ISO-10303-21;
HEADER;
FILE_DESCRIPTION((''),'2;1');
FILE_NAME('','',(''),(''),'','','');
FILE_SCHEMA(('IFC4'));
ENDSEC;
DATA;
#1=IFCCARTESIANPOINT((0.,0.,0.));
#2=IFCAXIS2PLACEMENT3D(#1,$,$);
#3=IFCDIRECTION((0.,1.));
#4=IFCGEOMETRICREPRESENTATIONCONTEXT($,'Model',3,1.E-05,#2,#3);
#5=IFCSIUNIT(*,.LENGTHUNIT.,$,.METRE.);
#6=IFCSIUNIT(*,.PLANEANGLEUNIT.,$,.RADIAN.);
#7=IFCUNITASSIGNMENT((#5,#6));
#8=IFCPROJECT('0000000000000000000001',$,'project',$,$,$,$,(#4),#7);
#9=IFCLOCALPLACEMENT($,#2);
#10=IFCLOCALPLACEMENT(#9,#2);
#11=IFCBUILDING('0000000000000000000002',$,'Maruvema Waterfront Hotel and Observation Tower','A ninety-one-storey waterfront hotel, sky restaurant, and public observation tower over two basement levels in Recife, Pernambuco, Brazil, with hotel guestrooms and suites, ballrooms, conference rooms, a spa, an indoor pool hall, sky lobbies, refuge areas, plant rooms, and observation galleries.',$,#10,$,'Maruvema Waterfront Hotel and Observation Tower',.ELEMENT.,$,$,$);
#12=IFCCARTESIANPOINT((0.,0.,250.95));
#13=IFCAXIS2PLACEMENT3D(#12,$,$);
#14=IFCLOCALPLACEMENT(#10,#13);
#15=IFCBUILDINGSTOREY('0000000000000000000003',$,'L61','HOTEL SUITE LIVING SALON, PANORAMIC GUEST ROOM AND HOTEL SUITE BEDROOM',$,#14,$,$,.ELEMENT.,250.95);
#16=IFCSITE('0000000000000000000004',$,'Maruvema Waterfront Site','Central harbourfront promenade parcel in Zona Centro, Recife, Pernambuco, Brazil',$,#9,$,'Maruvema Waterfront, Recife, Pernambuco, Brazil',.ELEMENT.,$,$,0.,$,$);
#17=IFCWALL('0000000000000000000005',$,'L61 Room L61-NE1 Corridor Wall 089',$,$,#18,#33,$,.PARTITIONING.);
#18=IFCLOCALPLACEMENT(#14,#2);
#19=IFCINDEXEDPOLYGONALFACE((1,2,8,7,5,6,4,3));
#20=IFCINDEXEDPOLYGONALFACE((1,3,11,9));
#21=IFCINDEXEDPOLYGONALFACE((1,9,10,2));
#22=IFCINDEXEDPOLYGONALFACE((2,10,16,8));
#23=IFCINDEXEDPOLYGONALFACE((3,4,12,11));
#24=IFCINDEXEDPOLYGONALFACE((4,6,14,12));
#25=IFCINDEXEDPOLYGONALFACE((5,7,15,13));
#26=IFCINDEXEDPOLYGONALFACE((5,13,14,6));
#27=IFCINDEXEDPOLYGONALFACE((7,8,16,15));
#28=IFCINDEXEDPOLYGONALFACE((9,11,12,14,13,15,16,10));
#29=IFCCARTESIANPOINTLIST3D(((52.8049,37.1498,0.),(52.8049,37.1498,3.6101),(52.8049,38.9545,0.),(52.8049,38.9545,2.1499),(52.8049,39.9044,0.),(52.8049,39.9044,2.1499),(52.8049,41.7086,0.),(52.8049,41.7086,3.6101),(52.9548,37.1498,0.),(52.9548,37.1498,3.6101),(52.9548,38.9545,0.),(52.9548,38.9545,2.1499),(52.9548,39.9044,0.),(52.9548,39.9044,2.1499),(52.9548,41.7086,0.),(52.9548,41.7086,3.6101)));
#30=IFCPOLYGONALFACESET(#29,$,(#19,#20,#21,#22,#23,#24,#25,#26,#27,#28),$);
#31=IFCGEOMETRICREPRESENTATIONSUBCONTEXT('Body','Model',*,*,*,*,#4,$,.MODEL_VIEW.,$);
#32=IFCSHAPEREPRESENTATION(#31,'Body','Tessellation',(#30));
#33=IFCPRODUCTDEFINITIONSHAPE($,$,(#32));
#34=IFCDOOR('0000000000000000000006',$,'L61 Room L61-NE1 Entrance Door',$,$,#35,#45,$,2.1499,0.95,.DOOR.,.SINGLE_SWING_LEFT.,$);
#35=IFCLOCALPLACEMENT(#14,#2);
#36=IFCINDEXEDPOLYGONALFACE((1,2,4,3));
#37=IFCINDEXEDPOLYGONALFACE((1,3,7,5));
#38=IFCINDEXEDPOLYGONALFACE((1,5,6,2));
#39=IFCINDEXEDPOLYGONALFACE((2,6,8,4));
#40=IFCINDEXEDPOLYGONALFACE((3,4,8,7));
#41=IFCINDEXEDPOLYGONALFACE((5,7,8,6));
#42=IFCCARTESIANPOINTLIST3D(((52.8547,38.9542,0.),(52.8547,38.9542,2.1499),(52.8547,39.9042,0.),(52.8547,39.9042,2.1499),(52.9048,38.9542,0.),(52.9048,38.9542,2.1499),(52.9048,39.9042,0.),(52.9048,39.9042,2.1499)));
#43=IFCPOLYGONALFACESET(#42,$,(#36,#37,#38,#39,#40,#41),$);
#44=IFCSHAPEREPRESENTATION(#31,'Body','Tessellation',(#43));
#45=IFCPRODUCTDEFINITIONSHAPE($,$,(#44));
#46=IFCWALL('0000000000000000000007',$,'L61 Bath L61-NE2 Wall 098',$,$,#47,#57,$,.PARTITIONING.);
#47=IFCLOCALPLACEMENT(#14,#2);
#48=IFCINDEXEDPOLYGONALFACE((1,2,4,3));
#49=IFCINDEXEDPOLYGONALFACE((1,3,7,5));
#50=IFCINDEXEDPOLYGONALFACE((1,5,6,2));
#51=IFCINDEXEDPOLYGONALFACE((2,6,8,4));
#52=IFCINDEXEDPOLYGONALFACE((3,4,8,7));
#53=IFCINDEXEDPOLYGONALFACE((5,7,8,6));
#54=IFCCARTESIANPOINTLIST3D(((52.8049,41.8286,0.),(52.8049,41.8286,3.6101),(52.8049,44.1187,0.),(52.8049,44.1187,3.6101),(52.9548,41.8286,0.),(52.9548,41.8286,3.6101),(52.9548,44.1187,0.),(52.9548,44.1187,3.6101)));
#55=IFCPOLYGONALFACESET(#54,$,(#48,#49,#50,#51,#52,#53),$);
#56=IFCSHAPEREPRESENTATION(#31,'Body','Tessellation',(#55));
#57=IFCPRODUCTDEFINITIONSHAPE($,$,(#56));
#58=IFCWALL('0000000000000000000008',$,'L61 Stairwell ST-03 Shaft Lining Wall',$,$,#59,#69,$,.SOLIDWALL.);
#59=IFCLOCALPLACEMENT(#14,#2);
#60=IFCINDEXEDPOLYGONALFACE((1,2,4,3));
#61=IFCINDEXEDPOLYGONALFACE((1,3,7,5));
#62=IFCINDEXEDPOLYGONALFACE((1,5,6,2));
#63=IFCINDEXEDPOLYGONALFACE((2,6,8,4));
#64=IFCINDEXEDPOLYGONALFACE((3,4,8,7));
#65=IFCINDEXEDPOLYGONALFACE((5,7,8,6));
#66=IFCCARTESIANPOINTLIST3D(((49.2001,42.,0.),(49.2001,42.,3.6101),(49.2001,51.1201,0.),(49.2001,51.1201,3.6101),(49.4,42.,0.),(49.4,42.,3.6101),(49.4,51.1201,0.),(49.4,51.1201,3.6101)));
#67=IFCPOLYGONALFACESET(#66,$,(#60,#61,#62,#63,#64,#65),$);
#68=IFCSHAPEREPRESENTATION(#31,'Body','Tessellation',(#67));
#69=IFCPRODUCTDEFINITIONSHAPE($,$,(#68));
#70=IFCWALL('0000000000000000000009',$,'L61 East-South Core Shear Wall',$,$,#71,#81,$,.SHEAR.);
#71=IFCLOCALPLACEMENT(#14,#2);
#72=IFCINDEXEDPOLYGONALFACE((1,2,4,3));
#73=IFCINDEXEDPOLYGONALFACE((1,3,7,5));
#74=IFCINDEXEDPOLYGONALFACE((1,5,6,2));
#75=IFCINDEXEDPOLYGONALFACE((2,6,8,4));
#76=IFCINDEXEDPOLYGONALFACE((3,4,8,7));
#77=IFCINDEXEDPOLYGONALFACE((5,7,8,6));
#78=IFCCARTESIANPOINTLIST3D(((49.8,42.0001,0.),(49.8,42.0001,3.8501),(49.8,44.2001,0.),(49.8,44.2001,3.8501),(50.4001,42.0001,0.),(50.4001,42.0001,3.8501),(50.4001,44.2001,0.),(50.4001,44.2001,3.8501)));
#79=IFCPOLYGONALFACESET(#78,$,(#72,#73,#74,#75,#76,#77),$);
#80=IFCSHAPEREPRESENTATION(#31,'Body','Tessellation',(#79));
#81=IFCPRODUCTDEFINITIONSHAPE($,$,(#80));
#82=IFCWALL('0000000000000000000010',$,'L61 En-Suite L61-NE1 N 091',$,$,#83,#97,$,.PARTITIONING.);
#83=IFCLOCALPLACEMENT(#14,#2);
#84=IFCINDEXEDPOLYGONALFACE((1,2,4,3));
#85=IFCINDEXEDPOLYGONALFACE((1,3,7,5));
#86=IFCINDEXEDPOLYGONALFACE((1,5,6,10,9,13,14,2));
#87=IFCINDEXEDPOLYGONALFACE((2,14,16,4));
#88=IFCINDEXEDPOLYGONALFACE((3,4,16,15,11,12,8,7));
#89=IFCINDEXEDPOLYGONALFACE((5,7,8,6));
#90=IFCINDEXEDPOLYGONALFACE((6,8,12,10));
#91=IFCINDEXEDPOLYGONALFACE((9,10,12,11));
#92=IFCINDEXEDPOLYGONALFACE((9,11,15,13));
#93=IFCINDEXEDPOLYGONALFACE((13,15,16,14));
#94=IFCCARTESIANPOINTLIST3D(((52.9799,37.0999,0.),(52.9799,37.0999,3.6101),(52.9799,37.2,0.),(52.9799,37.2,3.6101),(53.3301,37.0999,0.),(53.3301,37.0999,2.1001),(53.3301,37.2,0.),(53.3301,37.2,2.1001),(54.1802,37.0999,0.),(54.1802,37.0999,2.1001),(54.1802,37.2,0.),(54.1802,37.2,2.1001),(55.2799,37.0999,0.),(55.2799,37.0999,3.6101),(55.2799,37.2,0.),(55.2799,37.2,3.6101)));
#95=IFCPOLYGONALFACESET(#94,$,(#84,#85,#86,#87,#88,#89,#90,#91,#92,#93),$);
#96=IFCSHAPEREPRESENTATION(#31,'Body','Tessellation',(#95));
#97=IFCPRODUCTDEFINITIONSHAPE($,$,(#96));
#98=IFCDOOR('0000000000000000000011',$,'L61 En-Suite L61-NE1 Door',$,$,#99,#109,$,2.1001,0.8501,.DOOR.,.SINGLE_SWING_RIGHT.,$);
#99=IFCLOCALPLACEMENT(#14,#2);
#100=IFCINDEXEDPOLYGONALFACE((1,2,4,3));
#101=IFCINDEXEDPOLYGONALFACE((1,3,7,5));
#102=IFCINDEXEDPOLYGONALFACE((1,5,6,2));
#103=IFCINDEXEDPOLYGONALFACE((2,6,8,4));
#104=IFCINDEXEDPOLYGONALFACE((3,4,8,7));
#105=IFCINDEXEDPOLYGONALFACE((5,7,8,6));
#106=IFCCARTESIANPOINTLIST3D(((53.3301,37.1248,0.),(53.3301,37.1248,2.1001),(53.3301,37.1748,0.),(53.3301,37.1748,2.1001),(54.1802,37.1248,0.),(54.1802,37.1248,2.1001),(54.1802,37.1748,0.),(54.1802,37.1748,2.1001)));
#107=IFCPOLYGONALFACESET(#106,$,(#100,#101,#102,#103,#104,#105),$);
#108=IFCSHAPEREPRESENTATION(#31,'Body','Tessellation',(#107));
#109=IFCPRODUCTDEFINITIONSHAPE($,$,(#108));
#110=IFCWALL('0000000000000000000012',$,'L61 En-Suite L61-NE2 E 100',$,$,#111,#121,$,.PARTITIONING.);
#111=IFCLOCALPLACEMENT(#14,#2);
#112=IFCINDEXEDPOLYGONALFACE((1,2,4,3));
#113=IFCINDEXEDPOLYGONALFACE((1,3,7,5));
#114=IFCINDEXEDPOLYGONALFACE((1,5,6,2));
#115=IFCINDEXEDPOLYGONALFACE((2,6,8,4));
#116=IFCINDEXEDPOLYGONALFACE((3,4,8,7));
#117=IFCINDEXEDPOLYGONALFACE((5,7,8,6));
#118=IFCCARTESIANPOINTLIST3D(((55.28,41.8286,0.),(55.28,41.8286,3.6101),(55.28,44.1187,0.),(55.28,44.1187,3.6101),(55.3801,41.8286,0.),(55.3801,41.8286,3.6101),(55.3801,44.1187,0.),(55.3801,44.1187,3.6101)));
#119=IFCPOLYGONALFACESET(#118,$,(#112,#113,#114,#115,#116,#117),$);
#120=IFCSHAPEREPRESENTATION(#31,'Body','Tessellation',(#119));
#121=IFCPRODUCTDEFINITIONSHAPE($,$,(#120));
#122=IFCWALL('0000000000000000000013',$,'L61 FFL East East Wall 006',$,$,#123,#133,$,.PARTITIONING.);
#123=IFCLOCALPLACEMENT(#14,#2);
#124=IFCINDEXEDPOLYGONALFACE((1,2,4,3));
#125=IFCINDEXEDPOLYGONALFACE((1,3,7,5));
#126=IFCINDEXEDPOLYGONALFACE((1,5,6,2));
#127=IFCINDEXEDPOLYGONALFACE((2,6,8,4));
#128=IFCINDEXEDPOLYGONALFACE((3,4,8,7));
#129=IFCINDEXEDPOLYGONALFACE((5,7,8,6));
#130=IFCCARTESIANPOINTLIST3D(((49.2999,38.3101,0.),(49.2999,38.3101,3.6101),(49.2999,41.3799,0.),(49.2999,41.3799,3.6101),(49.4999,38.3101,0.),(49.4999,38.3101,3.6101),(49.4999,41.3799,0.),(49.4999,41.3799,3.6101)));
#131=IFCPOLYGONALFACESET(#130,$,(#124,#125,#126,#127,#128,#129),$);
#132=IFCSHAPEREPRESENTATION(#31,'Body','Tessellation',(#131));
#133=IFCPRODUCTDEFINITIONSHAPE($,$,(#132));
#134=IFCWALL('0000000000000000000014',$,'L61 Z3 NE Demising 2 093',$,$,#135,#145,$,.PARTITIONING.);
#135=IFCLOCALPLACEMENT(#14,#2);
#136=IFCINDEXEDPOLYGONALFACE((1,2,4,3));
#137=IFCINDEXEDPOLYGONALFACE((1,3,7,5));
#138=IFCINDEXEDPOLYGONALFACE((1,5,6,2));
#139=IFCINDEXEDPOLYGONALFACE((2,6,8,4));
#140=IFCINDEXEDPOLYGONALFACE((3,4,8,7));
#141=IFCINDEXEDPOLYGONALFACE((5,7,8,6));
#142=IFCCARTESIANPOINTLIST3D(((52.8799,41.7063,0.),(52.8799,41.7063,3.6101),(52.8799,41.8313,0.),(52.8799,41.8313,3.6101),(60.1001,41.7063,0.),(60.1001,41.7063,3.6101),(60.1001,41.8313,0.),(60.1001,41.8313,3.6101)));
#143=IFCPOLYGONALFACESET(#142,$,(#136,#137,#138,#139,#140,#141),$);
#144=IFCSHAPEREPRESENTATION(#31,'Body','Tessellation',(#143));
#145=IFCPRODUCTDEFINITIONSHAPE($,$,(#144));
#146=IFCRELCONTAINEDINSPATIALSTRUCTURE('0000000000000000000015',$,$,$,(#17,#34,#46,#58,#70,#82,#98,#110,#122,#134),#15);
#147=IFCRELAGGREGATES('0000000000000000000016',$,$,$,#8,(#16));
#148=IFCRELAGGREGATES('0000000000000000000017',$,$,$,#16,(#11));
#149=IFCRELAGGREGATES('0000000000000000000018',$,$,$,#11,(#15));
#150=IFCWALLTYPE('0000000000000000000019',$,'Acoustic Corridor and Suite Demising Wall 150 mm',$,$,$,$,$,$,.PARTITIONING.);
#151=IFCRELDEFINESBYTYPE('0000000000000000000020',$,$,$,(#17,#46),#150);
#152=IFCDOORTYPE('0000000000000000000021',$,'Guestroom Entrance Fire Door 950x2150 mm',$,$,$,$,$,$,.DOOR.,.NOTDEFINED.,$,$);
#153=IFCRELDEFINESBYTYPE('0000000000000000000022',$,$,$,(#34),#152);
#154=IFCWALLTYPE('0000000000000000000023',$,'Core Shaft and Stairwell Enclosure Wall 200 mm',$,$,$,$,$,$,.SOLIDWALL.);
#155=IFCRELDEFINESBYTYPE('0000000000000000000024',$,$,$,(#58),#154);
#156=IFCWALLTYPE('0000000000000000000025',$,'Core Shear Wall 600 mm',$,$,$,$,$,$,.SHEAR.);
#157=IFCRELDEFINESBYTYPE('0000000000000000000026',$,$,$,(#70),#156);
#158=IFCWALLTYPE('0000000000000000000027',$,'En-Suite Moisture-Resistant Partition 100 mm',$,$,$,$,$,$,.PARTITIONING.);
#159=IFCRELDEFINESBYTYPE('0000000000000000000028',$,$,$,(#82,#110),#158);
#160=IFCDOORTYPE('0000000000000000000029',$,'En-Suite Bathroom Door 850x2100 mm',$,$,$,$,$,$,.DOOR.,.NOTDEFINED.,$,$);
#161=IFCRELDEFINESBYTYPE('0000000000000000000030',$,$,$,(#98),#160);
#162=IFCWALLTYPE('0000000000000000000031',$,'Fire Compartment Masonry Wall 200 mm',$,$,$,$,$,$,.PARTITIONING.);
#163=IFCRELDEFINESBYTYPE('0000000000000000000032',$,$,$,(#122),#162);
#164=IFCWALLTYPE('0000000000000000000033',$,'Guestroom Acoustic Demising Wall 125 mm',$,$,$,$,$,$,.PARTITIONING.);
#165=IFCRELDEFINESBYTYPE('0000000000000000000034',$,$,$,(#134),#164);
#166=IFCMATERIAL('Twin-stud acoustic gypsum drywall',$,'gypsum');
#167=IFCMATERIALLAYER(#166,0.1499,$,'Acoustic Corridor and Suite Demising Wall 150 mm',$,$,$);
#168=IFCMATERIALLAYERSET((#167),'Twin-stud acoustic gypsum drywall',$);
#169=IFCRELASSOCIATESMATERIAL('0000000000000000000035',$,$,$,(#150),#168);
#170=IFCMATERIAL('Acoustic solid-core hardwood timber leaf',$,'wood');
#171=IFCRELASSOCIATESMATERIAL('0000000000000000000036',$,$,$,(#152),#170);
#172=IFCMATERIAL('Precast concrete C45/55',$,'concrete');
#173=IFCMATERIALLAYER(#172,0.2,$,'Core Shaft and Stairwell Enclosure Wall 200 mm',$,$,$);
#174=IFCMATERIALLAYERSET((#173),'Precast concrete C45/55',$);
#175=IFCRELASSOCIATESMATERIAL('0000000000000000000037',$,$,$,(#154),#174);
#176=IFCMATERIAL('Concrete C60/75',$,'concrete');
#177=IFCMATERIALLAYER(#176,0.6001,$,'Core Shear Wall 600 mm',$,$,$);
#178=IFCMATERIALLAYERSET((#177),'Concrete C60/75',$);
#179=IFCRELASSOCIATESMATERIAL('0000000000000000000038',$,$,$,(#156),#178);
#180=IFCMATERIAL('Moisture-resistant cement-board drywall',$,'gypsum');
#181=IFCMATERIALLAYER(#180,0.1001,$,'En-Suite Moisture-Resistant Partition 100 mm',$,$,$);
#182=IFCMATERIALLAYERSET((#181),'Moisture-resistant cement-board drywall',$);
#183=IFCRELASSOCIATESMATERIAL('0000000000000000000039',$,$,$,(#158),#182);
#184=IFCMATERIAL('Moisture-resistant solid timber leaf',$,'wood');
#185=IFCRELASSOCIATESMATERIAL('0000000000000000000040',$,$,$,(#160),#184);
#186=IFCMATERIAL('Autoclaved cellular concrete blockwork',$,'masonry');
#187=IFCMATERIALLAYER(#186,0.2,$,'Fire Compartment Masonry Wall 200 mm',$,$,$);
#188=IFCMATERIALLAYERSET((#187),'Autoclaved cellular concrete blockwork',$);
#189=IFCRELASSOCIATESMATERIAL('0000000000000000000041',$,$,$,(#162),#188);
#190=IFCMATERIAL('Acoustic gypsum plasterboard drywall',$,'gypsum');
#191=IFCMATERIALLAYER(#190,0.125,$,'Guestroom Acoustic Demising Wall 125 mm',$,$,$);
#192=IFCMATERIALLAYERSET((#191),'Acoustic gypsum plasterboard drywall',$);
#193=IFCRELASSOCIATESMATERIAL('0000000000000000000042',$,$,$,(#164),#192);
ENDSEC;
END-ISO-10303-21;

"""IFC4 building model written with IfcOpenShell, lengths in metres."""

from ifc_helpers import new_model, si_unit, direction, frame, frame_2d, origin, place, context, subcontext, project, spatial, rectangle, extrude, material, layer, layer_set, type_object, element, fill, save


model = new_model("IFC4")

# Units and contexts
model_context = context("Model", 3, precision=1e-05, world=origin(), true_north=direction((0.0, 1.0)))
body_context = subcontext(model_context, "Body", "Model", "MODEL_VIEW")
ifc_project = project(units=[si_unit("LENGTHUNIT", "METRE"), si_unit("PLANEANGLEUNIT", "RADIAN")], contexts=[model_context])

# Site, building, storey
site_placement = place(None, origin())
site = spatial("IfcSite", under=ifc_project, at=site_placement, Name="Maruvema Waterfront Site", Description="Central harbourfront promenade parcel in Zona Centro, Recife, Pernambuco, Brazil", LongName="Maruvema Waterfront, Recife, Pernambuco, Brazil", CompositionType="ELEMENT", RefElevation=0.0)
building_placement = place(site_placement, origin())
building = spatial("IfcBuilding", under=site, at=building_placement, Name="Maruvema Waterfront Hotel and Observation Tower", Description="A ninety-one-storey waterfront hotel, sky restaurant, and public observation tower over two basement levels in Recife, Pernambuco, Brazil, with hotel guestrooms and suites, ballrooms, conference rooms, a spa, an indoor pool hall, sky lobbies, refuge areas, plant rooms, and observation galleries.", LongName="Maruvema Waterfront Hotel and Observation Tower", CompositionType="ELEMENT")
storey_placement = place(building_placement, frame((0.0, 0.0, 250.95)))
storey = spatial("IfcBuildingStorey", under=building, at=storey_placement, Name="L61", Description="HOTEL SUITE LIVING SALON, PANORAMIC GUEST ROOM AND HOTEL SUITE BEDROOM", CompositionType="ELEMENT", Elevation=250.95)

# Wall, opening, door
ifc_material_1 = material(Name="Twin-stud acoustic gypsum drywall", Category="gypsum")
ifc_layer_1 = layer(ifc_material_1, 0.1499, Name="Acoustic Corridor and Suite Demising Wall 150 mm")
ifc_layer_set_1 = layer_set([ifc_layer_1], Name="Twin-stud acoustic gypsum drywall")
wall_type_1 = type_object("IfcWallType", Name="Acoustic Corridor and Suite Demising Wall 150 mm", PredefinedType="PARTITIONING", material=ifc_layer_set_1)
wall_1_placement = place(storey_placement, frame((52.8799, 37.1499, 0.0), z_axis=(0.0, 0.0, 1.0), x_axis=(0.0, 1.0, 0.0)))
wall_1 = element("IfcWall", 1, at=wall_1_placement, inside=storey, type_object=wall_type_1, Name="L61 Room L61-NE1 Corridor Wall 089", PredefinedType="PARTITIONING", context=body_context, shape_type="SweptSolid", body=[
    extrude(rectangle(XDim=4.5588, YDim=0.1499, at=frame_2d((2.2793, 0.0))), origin(), (0.0, 0.0, 1.0), 3.6101),
])
opening_1_placement = place(wall_1_placement, frame((1.8044, 0.0, 0.0)))
opening_1 = element("IfcOpeningElement", 2, at=opening_1_placement, cuts=wall_1, PredefinedType="OPENING", context=body_context, shape_type="SweptSolid", body=[
    extrude(rectangle(XDim=0.95, YDim=2.1499, at=frame_2d((0.4751, 1.075))), frame((0.0, 0.085, 0.0), z_axis=(0.0, -1.0, 0.0), x_axis=(1.0, 0.0, 0.0)), (0.0, 0.0, 1.0), 0.1699),
])
ifc_material_2 = material(Name="Acoustic solid-core hardwood timber leaf", Category="wood")
door_type_1 = type_object("IfcDoorType", Name="Guestroom Entrance Fire Door 950x2150 mm", OperationType="NOTDEFINED", PredefinedType="DOOR", material=ifc_material_2)
door_1_placement = place(opening_1_placement, frame((0.95, 0.0, 0.0), z_axis=(0.0, 0.0, 1.0), x_axis=(-1.0, 0.0, 0.0)))
door_1 = element("IfcDoor", 3, at=door_1_placement, inside=storey, type_object=door_type_1, Name="L61 Room L61-NE1 Entrance Door", OperationType="SINGLE_SWING_LEFT", OverallHeight=2.1499, OverallWidth=0.95, PredefinedType="DOOR", context=body_context, shape_type="SweptSolid", body=[
    extrude(rectangle(XDim=0.95, YDim=2.1499, at=frame_2d((0.4751, 1.075))), frame((0.0, 0.0249, 0.0), z_axis=(0.0, -1.0, 0.0), x_axis=(1.0, 0.0, 0.0)), (0.0, 0.0, 1.0), 0.05),
])
fill(opening_1, door_1)

# Walls
wall_2_placement = place(storey_placement, frame((52.8799, 41.8286, 0.0), z_axis=(0.0, 0.0, 1.0), x_axis=(0.0, 1.0, 0.0)))
element("IfcWall", 4, at=wall_2_placement, inside=storey, type_object=wall_type_1, Name="L61 Bath L61-NE2 Wall 098", PredefinedType="PARTITIONING", context=body_context, shape_type="SweptSolid", body=[
    extrude(rectangle(XDim=2.29, YDim=0.1499, at=frame_2d((1.145, 0.0))), origin(), (0.0, 0.0, 1.0), 3.6101),
])
ifc_material_3 = material(Name="Precast concrete C45/55", Category="concrete")
ifc_layer_2 = layer(ifc_material_3, 0.2, Name="Core Shaft and Stairwell Enclosure Wall 200 mm")
ifc_layer_set_2 = layer_set([ifc_layer_2], Name="Precast concrete C45/55")
wall_type_2 = type_object("IfcWallType", Name="Core Shaft and Stairwell Enclosure Wall 200 mm", PredefinedType="SOLIDWALL", material=ifc_layer_set_2)
wall_3_placement = place(storey_placement, frame((49.3, 42.0, 0.0), z_axis=(0.0, 0.0, 1.0), x_axis=(0.0, 1.0, 0.0)))
element("IfcWall", 5, at=wall_3_placement, inside=storey, type_object=wall_type_2, Name="L61 Stairwell ST-03 Shaft Lining Wall", PredefinedType="SOLIDWALL", context=body_context, shape_type="SweptSolid", body=[
    extrude(rectangle(XDim=9.1201, YDim=0.2, at=frame_2d((4.5601, 0.0))), origin(), (0.0, 0.0, 1.0), 3.6101),
])
ifc_material_4 = material(Name="Concrete C60/75", Category="concrete")
ifc_layer_3 = layer(ifc_material_4, 0.6001, Name="Core Shear Wall 600 mm")
ifc_layer_set_3 = layer_set([ifc_layer_3], Name="Concrete C60/75")
wall_type_3 = type_object("IfcWallType", Name="Core Shear Wall 600 mm", PredefinedType="SHEAR", material=ifc_layer_set_3)
wall_4_placement = place(storey_placement, frame((50.1001, 42.0, 0.0), z_axis=(0.0, 0.0, 1.0), x_axis=(0.0, 1.0, 0.0)))
element("IfcWall", 6, at=wall_4_placement, inside=storey, type_object=wall_type_3, Name="L61 East-South Core Shear Wall", PredefinedType="SHEAR", context=body_context, shape_type="SweptSolid", body=[
    extrude(rectangle(XDim=2.2, YDim=0.6001, at=frame_2d((1.1001, 0.0))), origin(), (0.0, 0.0, 1.0), 3.8501),
])

# Wall, opening, door
ifc_material_5 = material(Name="Moisture-resistant cement-board drywall", Category="gypsum")
ifc_layer_4 = layer(ifc_material_5, 0.1001, Name="En-Suite Moisture-Resistant Partition 100 mm")
ifc_layer_set_4 = layer_set([ifc_layer_4], Name="Moisture-resistant cement-board drywall")
wall_type_4 = type_object("IfcWallType", Name="En-Suite Moisture-Resistant Partition 100 mm", PredefinedType="PARTITIONING", material=ifc_layer_set_4)
wall_5_placement = place(storey_placement, frame((52.98, 37.1499, 0.0), z_axis=(0.0, 0.0, 1.0), x_axis=(1.0, 0.0, 0.0)))
wall_5 = element("IfcWall", 7, at=wall_5_placement, inside=storey, type_object=wall_type_4, Name="L61 En-Suite L61-NE1 N 091", PredefinedType="PARTITIONING", context=body_context, shape_type="SweptSolid", body=[
    extrude(rectangle(XDim=2.3, YDim=0.1001, at=frame_2d((1.1499, 0.0))), origin(), (0.0, 0.0, 1.0), 3.6101),
])
opening_2_placement = place(wall_5_placement, frame((0.3501, 0.0, 0.0)))
opening_2 = element("IfcOpeningElement", 8, at=opening_2_placement, cuts=wall_5, PredefinedType="OPENING", context=body_context, shape_type="SweptSolid", body=[
    extrude(rectangle(XDim=0.8501, YDim=2.1001, at=frame_2d((0.425, 1.05))), frame((0.0, 0.0601, 0.0), z_axis=(0.0, -1.0, 0.0), x_axis=(1.0, 0.0, 0.0)), (0.0, 0.0, 1.0), 0.1201),
])
ifc_material_6 = material(Name="Moisture-resistant solid timber leaf", Category="wood")
door_type_2 = type_object("IfcDoorType", Name="En-Suite Bathroom Door 850x2100 mm", OperationType="NOTDEFINED", PredefinedType="DOOR", material=ifc_material_6)
door_2_placement = place(opening_2_placement, origin())
door_2 = element("IfcDoor", 9, at=door_2_placement, inside=storey, type_object=door_type_2, Name="L61 En-Suite L61-NE1 Door", OperationType="SINGLE_SWING_RIGHT", OverallHeight=2.1001, OverallWidth=0.8501, PredefinedType="DOOR", context=body_context, shape_type="SweptSolid", body=[
    extrude(rectangle(XDim=0.8501, YDim=2.1001, at=frame_2d((0.425, 1.05))), frame((0.0, 0.0249, 0.0), z_axis=(0.0, -1.0, 0.0), x_axis=(1.0, 0.0, 0.0)), (0.0, 0.0, 1.0), 0.05),
])
fill(opening_2, door_2)

# Walls
wall_6_placement = place(storey_placement, frame((55.3301, 41.8286, 0.0), z_axis=(0.0, 0.0, 1.0), x_axis=(0.0, 1.0, 0.0)))
element("IfcWall", 10, at=wall_6_placement, inside=storey, type_object=wall_type_4, Name="L61 En-Suite L61-NE2 E 100", PredefinedType="PARTITIONING", context=body_context, shape_type="SweptSolid", body=[
    extrude(rectangle(XDim=2.29, YDim=0.1001, at=frame_2d((1.145, 0.0))), origin(), (0.0, 0.0, 1.0), 3.6101),
])
ifc_material_7 = material(Name="Autoclaved cellular concrete blockwork", Category="masonry")
ifc_layer_5 = layer(ifc_material_7, 0.2, Name="Fire Compartment Masonry Wall 200 mm")
ifc_layer_set_5 = layer_set([ifc_layer_5], Name="Autoclaved cellular concrete blockwork")
wall_type_5 = type_object("IfcWallType", Name="Fire Compartment Masonry Wall 200 mm", PredefinedType="PARTITIONING", material=ifc_layer_set_5)
wall_7_placement = place(storey_placement, frame((49.3999, 38.3101, 0.0), z_axis=(0.0, 0.0, 1.0), x_axis=(0.0, 1.0, 0.0)))
element("IfcWall", 11, at=wall_7_placement, inside=storey, type_object=wall_type_5, Name="L61 FFL East East Wall 006", PredefinedType="PARTITIONING", context=body_context, shape_type="SweptSolid", body=[
    extrude(rectangle(XDim=3.0698, YDim=0.2, at=frame_2d((1.5349, 0.0))), origin(), (0.0, 0.0, 1.0), 3.6101),
])
ifc_material_8 = material(Name="Acoustic gypsum plasterboard drywall", Category="gypsum")
ifc_layer_6 = layer(ifc_material_8, 0.125, Name="Guestroom Acoustic Demising Wall 125 mm")
ifc_layer_set_6 = layer_set([ifc_layer_6], Name="Acoustic gypsum plasterboard drywall")
wall_type_6 = type_object("IfcWallType", Name="Guestroom Acoustic Demising Wall 125 mm", PredefinedType="PARTITIONING", material=ifc_layer_set_6)
wall_8_placement = place(storey_placement, frame((52.8799, 41.7688, 0.0), z_axis=(0.0, 0.0, 1.0), x_axis=(1.0, 0.0, 0.0)))
element("IfcWall", 12, at=wall_8_placement, inside=storey, type_object=wall_type_6, Name="L61 Z3 NE Demising 2 093", PredefinedType="PARTITIONING", context=body_context, shape_type="SweptSolid", body=[
    extrude(rectangle(XDim=7.2202, YDim=0.125, at=frame_2d((3.6101, 0.0))), origin(), (0.0, 0.0, 1.0), 3.6101),
])

save(model, "model.ifc")
